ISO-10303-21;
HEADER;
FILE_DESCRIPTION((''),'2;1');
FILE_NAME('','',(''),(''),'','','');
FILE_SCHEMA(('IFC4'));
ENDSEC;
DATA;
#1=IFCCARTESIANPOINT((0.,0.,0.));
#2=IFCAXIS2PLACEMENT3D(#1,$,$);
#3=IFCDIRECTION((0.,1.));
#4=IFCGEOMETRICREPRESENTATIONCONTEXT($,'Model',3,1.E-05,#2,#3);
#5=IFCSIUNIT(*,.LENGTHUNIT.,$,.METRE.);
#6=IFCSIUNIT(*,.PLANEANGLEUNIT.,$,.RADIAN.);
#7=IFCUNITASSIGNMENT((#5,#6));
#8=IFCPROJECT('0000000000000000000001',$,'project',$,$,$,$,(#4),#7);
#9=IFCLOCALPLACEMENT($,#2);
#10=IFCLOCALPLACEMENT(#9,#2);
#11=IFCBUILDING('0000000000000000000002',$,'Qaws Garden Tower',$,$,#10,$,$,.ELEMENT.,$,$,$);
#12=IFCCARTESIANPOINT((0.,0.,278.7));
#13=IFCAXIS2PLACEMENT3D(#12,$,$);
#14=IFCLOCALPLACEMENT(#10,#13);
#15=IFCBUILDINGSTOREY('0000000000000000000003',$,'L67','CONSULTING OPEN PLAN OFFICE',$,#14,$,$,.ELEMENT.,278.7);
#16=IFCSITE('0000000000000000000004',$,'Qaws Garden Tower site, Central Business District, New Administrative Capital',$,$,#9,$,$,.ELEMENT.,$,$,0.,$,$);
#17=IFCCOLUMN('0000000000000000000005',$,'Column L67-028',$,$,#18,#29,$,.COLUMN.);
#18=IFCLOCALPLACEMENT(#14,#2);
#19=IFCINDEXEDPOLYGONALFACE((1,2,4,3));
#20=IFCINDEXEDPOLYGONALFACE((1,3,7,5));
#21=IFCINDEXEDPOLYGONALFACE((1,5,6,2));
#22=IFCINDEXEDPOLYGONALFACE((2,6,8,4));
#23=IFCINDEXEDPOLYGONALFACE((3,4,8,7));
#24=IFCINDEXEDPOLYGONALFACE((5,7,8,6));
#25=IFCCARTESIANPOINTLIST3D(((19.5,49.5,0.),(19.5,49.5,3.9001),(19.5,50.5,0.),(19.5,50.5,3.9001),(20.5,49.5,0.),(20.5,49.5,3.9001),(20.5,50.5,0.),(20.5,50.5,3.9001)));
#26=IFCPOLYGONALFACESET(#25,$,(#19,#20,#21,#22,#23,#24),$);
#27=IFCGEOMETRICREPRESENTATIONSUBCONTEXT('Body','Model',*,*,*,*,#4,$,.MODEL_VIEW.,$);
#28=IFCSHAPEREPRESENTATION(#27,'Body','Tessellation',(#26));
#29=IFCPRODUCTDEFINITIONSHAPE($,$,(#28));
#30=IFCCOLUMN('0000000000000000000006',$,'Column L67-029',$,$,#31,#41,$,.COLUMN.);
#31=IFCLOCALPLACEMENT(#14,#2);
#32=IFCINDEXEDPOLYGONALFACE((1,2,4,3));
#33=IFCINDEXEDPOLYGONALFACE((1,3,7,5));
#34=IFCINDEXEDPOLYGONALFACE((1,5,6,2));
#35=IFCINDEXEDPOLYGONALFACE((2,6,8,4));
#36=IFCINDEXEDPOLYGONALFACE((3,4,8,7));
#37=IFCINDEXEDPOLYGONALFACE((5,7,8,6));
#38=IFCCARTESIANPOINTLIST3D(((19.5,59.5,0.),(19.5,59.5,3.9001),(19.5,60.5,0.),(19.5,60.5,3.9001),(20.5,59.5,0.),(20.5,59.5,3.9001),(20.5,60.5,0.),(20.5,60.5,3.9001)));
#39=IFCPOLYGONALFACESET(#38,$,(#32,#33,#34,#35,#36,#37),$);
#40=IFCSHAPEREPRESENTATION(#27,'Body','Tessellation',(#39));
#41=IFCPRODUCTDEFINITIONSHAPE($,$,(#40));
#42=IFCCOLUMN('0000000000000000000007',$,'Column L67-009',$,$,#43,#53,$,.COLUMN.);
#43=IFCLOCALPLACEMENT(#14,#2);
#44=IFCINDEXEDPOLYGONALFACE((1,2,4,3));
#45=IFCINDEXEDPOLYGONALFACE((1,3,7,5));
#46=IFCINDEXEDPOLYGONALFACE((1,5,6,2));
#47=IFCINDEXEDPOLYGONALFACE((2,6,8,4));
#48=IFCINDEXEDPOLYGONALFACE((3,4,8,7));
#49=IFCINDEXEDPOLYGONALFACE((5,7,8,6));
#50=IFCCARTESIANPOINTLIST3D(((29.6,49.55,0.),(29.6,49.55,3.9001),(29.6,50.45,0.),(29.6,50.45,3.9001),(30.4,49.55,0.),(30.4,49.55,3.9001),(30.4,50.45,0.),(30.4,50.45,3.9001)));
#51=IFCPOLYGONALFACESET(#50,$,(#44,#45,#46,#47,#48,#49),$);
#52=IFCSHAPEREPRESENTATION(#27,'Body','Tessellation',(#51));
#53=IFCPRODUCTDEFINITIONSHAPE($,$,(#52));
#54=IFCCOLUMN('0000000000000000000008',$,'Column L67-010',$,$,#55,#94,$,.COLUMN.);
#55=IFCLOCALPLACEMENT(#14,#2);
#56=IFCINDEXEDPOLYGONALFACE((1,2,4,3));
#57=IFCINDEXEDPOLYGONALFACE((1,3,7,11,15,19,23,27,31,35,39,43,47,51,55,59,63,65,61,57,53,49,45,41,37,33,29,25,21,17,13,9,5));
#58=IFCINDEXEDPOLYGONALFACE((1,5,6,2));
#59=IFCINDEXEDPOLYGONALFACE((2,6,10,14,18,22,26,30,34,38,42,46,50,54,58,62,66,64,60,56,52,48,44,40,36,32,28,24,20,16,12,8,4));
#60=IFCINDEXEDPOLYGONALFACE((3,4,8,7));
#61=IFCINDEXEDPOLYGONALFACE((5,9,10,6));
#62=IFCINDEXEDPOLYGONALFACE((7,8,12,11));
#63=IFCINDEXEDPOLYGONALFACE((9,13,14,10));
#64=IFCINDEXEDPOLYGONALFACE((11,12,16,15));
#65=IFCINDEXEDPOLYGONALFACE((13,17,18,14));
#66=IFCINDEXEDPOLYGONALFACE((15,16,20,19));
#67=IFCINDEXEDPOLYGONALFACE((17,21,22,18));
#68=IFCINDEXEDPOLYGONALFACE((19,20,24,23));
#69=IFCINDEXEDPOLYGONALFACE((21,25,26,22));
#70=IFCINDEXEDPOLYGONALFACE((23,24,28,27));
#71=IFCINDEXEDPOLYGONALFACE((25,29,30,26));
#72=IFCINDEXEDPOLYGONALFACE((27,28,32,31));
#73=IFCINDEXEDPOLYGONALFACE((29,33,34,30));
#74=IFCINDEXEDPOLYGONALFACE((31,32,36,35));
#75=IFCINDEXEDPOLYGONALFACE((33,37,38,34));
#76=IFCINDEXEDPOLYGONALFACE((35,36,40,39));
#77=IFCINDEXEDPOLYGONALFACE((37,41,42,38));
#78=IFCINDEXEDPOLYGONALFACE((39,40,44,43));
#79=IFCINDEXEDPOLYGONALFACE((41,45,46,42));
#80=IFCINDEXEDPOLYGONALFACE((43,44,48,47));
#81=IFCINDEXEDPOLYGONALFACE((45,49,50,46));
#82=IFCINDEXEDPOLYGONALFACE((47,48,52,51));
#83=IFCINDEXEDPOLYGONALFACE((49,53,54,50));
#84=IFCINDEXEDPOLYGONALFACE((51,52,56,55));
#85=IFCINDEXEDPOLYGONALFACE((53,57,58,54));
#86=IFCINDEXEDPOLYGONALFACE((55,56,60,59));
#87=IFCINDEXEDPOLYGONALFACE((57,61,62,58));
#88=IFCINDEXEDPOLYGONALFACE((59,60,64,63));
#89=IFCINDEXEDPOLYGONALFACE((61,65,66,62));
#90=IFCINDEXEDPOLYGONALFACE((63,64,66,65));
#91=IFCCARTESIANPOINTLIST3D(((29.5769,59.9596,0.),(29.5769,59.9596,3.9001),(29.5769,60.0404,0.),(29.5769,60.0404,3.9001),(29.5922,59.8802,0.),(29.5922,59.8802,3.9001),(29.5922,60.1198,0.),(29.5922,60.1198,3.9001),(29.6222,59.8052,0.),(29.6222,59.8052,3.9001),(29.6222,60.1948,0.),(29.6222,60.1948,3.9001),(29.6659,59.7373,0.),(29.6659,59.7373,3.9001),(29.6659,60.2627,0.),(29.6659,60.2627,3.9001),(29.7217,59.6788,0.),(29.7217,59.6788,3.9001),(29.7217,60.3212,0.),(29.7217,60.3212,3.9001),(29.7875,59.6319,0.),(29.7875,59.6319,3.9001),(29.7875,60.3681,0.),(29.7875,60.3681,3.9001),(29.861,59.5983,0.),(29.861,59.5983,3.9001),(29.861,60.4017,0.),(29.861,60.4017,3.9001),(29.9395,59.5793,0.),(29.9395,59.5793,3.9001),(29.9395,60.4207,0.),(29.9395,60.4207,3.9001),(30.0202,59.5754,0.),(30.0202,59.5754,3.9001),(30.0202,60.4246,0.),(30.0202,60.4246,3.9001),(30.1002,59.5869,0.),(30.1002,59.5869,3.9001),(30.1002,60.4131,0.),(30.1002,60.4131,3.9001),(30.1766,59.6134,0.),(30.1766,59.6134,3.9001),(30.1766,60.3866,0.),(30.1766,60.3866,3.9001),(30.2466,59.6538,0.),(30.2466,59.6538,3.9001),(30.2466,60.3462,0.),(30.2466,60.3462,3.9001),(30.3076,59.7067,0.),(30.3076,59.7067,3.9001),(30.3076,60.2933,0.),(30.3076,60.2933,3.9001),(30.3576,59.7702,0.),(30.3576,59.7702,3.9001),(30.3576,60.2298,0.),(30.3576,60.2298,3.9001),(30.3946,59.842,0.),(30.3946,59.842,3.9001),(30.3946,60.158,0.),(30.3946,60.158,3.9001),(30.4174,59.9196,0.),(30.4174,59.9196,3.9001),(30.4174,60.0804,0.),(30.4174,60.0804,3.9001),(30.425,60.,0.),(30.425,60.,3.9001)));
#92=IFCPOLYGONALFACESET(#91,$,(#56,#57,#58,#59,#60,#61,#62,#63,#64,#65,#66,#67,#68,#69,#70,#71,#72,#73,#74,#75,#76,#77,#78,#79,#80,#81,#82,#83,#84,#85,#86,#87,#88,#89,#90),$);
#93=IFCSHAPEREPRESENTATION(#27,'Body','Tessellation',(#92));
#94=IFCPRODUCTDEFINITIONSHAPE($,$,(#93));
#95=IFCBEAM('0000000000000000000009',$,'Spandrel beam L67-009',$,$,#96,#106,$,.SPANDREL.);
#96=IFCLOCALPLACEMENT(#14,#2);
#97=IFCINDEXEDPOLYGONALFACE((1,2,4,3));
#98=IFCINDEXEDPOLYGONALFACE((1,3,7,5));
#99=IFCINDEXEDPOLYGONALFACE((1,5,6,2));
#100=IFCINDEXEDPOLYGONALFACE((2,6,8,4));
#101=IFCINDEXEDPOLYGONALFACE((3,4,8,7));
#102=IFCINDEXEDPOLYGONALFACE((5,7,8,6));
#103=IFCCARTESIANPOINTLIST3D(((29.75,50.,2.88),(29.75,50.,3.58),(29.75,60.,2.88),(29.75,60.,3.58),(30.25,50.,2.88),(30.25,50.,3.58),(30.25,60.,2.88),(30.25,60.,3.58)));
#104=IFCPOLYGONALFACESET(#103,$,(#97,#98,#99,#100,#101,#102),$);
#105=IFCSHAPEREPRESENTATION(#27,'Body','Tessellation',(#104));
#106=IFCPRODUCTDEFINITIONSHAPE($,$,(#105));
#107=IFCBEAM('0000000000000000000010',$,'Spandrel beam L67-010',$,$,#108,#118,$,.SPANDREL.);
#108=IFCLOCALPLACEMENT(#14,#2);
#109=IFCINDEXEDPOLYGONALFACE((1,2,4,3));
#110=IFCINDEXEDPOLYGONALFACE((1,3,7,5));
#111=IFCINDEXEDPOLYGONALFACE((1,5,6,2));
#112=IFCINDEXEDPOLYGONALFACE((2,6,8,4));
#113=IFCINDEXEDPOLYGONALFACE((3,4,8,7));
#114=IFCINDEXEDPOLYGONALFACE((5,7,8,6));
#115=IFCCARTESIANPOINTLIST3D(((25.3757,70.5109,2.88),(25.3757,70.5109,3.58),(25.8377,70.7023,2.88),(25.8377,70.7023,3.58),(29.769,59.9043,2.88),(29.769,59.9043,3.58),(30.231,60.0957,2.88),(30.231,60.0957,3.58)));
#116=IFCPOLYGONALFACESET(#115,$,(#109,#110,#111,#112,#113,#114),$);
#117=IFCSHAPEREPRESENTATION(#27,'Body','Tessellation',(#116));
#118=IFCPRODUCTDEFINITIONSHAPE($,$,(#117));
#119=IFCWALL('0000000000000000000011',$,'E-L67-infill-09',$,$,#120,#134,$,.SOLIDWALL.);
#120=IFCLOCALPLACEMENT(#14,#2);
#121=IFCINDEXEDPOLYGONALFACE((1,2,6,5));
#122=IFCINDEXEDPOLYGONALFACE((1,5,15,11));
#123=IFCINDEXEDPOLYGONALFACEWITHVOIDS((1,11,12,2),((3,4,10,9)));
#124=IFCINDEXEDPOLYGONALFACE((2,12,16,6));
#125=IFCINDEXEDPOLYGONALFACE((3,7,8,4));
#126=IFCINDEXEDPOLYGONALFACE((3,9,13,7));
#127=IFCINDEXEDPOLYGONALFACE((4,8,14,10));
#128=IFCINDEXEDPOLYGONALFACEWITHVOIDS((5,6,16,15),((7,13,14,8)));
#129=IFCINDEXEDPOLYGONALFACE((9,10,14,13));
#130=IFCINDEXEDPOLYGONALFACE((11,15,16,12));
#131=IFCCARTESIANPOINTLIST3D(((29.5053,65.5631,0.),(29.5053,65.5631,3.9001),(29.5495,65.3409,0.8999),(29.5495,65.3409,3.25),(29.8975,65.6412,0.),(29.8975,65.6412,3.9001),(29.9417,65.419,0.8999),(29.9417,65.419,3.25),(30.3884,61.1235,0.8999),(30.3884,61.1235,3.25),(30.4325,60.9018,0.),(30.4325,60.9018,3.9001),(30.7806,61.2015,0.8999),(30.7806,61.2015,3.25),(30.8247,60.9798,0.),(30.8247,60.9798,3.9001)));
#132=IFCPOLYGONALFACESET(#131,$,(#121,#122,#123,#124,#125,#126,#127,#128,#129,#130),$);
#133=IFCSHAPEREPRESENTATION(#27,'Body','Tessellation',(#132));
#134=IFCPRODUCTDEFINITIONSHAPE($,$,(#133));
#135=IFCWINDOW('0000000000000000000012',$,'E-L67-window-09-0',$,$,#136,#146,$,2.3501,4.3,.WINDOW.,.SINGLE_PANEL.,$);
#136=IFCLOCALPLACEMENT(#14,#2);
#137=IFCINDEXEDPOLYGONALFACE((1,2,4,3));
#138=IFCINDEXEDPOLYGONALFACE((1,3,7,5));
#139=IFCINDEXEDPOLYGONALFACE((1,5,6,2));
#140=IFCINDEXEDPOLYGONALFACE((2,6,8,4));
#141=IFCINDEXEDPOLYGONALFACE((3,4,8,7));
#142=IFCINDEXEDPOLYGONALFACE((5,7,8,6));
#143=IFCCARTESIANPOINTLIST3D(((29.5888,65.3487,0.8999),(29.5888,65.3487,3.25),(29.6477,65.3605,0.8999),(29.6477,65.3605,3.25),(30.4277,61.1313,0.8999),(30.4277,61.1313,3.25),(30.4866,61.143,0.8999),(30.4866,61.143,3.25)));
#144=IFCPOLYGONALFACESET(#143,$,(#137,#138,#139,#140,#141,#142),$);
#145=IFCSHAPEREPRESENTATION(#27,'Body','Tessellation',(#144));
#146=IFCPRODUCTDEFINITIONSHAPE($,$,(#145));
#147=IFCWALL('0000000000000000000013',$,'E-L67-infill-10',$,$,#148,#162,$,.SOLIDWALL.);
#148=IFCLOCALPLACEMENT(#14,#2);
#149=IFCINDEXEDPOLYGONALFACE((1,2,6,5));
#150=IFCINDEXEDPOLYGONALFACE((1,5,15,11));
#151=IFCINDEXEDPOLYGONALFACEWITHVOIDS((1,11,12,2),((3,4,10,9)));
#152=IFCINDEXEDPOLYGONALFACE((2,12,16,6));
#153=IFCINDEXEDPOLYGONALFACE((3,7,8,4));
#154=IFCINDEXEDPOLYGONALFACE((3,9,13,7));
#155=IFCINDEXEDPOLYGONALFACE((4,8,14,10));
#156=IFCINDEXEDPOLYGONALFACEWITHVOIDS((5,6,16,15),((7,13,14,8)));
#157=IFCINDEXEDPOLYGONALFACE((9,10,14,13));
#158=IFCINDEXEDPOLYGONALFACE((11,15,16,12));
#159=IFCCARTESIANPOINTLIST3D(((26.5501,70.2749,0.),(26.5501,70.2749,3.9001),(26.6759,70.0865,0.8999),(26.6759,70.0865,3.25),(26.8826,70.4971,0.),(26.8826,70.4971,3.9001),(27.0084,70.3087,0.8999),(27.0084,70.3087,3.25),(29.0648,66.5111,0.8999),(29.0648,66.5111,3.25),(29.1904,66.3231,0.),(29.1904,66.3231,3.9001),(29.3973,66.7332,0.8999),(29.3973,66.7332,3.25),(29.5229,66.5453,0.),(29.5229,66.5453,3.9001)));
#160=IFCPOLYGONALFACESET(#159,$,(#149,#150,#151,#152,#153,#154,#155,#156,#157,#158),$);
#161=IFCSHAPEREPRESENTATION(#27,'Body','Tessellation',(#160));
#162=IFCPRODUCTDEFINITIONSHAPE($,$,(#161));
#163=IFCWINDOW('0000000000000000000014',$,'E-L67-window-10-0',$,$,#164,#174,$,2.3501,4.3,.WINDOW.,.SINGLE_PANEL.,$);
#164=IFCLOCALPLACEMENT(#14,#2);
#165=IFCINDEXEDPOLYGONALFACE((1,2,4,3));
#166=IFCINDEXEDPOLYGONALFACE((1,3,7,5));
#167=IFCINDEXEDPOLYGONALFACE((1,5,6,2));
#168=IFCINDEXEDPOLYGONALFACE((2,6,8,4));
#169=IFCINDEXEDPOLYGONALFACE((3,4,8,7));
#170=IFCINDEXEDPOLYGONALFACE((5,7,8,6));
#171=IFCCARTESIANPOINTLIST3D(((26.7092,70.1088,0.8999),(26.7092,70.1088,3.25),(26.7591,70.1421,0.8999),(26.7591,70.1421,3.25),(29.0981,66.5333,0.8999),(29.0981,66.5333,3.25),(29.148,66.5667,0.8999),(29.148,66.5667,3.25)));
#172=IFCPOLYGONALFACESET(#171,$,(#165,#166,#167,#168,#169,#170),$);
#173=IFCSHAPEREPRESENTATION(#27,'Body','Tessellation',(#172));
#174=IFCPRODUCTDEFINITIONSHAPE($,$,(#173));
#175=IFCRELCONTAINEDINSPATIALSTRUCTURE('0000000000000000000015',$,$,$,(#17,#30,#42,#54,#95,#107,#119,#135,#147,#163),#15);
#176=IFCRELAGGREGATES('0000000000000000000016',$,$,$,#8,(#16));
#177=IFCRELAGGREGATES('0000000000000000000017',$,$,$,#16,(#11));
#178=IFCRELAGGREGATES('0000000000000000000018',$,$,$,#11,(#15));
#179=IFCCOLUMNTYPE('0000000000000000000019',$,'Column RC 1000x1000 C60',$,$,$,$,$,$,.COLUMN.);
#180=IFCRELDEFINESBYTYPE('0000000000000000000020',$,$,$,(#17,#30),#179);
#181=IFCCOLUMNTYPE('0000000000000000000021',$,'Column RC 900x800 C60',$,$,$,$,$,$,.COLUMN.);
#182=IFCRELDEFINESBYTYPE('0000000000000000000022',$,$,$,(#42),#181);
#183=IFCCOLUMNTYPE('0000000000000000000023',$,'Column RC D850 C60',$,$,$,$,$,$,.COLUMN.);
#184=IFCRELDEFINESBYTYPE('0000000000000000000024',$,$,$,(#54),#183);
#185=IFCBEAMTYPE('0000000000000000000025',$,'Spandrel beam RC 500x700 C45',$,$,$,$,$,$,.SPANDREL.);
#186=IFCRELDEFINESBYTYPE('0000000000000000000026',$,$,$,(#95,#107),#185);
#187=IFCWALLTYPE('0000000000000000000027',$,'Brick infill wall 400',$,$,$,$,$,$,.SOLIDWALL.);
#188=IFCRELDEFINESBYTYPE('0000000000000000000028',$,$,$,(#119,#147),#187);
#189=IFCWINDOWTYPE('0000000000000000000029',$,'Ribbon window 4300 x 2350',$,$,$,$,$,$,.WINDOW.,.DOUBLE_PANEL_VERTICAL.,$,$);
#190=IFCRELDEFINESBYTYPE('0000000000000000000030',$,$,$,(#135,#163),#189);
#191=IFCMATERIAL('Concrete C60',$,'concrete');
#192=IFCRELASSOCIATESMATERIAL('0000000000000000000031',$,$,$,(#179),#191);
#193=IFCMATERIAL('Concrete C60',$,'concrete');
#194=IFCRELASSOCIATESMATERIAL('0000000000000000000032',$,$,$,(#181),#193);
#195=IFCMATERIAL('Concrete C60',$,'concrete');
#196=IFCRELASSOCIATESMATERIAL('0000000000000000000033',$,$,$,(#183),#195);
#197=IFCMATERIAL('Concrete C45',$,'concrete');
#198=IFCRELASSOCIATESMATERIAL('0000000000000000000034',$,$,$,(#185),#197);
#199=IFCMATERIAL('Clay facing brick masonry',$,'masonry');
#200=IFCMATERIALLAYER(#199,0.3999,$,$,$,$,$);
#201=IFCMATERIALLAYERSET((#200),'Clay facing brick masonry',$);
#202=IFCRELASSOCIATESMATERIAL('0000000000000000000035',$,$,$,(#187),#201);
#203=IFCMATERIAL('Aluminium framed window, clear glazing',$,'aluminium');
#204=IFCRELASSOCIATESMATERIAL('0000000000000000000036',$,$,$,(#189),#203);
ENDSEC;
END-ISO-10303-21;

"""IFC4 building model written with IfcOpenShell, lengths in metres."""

from ifc_helpers import new_model, si_unit, direction, frame, frame_2d, origin, origin_2d, place, context, subcontext, project, spatial, rectangle, circle, extrude, material, layer, layer_set, material_profile, profile_set, type_object, element, fill, save


model = new_model("IFC4")

# Units and contexts
model_context = context("Model", 3, precision=1e-05, world=origin(), true_north=direction((0.0, 1.0)))
body_context = subcontext(model_context, "Body", "Model", "MODEL_VIEW")
ifc_project = project(units=[si_unit("LENGTHUNIT", "METRE"), si_unit("PLANEANGLEUNIT", "RADIAN")], contexts=[model_context])

# Site, building, storey
site_placement = place(None, origin())
site = spatial("IfcSite", under=ifc_project, at=site_placement, Name="Qaws Garden Tower site, Central Business District, New Administrative Capital", CompositionType="ELEMENT", RefElevation=0.0)
building_placement = place(site_placement, origin())
building = spatial("IfcBuilding", under=site, at=building_placement, Name="Qaws Garden Tower", CompositionType="ELEMENT")
storey_placement = place(building_placement, frame((0.0, 0.0, 278.7)))
storey = spatial("IfcBuildingStorey", under=building, at=storey_placement, Name="L67", Description="CONSULTING OPEN PLAN OFFICE", CompositionType="ELEMENT", Elevation=278.7)

# Columns
ifc_material_1 = material(Name="Concrete C60", Category="concrete")
ifc_material_profile_1 = material_profile(ifc_material_1, rectangle(XDim=1.0, YDim=1.0, at=origin_2d()), Name="RC 1000x1000")
ifc_profile_set_1 = profile_set([ifc_material_profile_1], Name="Concrete C60")
column_type_1 = type_object("IfcColumnType", Name="Column RC 1000x1000 C60", PredefinedType="COLUMN", material=ifc_profile_set_1)
for number, where, z_axis, x_axis, name in (
    (1, (20.0, 50.0, 0.0), (0.0, 0.0, 1.0), (1.0, 0.0, 0.0), "Column L67-028"),
    (2, (20.0, 60.0, 0.0), (0.0, 0.0, 1.0), (1.0, 0.0, 0.0), "Column L67-029"),
):
    element("IfcColumn", number, at=place(storey_placement, frame(where, z_axis=z_axis, x_axis=x_axis)), inside=storey, type_object=column_type_1, Name=name, PredefinedType="COLUMN", context=body_context, shape_type="SweptSolid", body=[
        extrude(rectangle(XDim=1.0, YDim=1.0, at=origin_2d()), origin(), (0.0, 0.0, 1.0), 3.9001),
    ])
ifc_material_2 = material(Name="Concrete C60", Category="concrete")
ifc_material_profile_2 = material_profile(ifc_material_2, rectangle(XDim=0.8999, YDim=0.8, at=origin_2d()), Name="RC 900x800")
ifc_profile_set_2 = profile_set([ifc_material_profile_2], Name="Concrete C60")
column_type_2 = type_object("IfcColumnType", Name="Column RC 900x800 C60", PredefinedType="COLUMN", material=ifc_profile_set_2)
column_1_placement = place(storey_placement, frame((30.0, 50.0, 0.0), z_axis=(0.0, 0.0, 1.0), x_axis=(0.0, 1.0, 0.0)))
element("IfcColumn", 3, at=column_1_placement, inside=storey, type_object=column_type_2, Name="Column L67-009", PredefinedType="COLUMN", context=body_context, shape_type="SweptSolid", body=[
    extrude(rectangle(XDim=0.8999, YDim=0.8, at=origin_2d()), origin(), (0.0, 0.0, 1.0), 3.9001),
])
ifc_material_3 = material(Name="Concrete C60", Category="concrete")
ifc_material_profile_3 = material_profile(ifc_material_3, circle(Radius=0.425, at=origin_2d()), Name="RC D850")
ifc_profile_set_3 = profile_set([ifc_material_profile_3], Name="Concrete C60")
column_type_3 = type_object("IfcColumnType", Name="Column RC D850 C60", PredefinedType="COLUMN", material=ifc_profile_set_3)
column_2_placement = place(storey_placement, frame((30.0, 60.0, 0.0), z_axis=(0.0, 0.0, 1.0), x_axis=(1.0, 0.0, 0.0)))
element("IfcColumn", 4, at=column_2_placement, inside=storey, type_object=column_type_3, Name="Column L67-010", PredefinedType="COLUMN", context=body_context, shape_type="SweptSolid", body=[
    extrude(circle(Radius=0.425, at=origin_2d()), origin(), (0.0, 0.0, 1.0), 3.9001),
])

# Beams
ifc_material_4 = material(Name="Concrete C45", Category="concrete")
ifc_material_profile_4 = material_profile(ifc_material_4, rectangle(XDim=0.5, YDim=0.7, at=origin_2d()), Name="RC 500x700")
ifc_profile_set_4 = profile_set([ifc_material_profile_4], Name="Concrete C45")
beam_type = type_object("IfcBeamType", Name="Spandrel beam RC 500x700 C45", PredefinedType="SPANDREL", material=ifc_profile_set_4)
beam_1_placement = place(storey_placement, frame((30.0, 50.0, 3.23), z_axis=(0.0, 1.0, 0.0), x_axis=(-1.0, 0.0, 0.0)))
element("IfcBeam", 5, at=beam_1_placement, inside=storey, type_object=beam_type, Name="Spandrel beam L67-009", PredefinedType="SPANDREL", context=body_context, shape_type="SweptSolid", body=[
    extrude(rectangle(XDim=0.5, YDim=0.7, at=origin_2d()), origin(), (0.0, 0.0, 1.0), 10.0),
])
beam_2_placement = place(storey_placement, frame((30.0, 60.0, 3.23), z_axis=(-0.382674, 0.923883, 0.0), x_axis=(-0.923883, -0.382674, 0.0)))
element("IfcBeam", 6, at=beam_2_placement, inside=storey, type_object=beam_type, Name="Spandrel beam L67-010", PredefinedType="SPANDREL", context=body_context, shape_type="SweptSolid", body=[
    extrude(rectangle(XDim=0.5, YDim=0.7, at=origin_2d()), origin(), (0.0, 0.0, 1.0), 11.4805),
])

# Walls, openings, windows
ifc_material_5 = material(Name="Clay facing brick masonry", Category="masonry")
ifc_layer_1 = layer(ifc_material_5, 0.3999)
ifc_layer_set_1 = layer_set([ifc_layer_1], Name="Clay facing brick masonry")
wall_type_1 = type_object("IfcWallType", Name="Brick infill wall 400", PredefinedType="SOLIDWALL", material=ifc_layer_set_1)
wall_1_placement = place(storey_placement, frame((30.6287, 60.9407, 0.0), z_axis=(0.0, 0.0, 1.0), x_axis=(-0.195099, 0.980784, 0.0)))
wall_1 = element("IfcWall", 7, at=wall_1_placement, inside=storey, type_object=wall_type_1, Name="E-L67-infill-09", PredefinedType="SOLIDWALL", context=body_context, shape_type="SweptSolid", body=[
    extrude(rectangle(XDim=4.7527, YDim=0.3999, at=frame_2d((2.3765, 0.0))), origin(), (0.0, 0.0, 1.0), 3.9001),
])
opening_1_placement = place(wall_1_placement, frame((0.2263, 0.0, 0.8999)))
opening_1 = element("IfcOpeningElement", 8, at=opening_1_placement, cuts=wall_1, PredefinedType="OPENING", context=body_context, shape_type="SweptSolid", body=[
    extrude(rectangle(XDim=4.3, YDim=2.3501, at=frame_2d((2.1499, 1.175))), frame((0.0, 0.21, 0.0), z_axis=(0.0, -1.0, 0.0), x_axis=(1.0, 0.0, 0.0)), (0.0, 0.0, 1.0), 0.4199),
])
ifc_material_6 = material(Name="Aluminium framed window, clear glazing", Category="aluminium")
window_type = type_object("IfcWindowType", Name="Ribbon window 4300 x 2350", PartitioningType="DOUBLE_PANEL_VERTICAL", PredefinedType="WINDOW", material=ifc_material_6)
window_1_placement = place(opening_1_placement, origin())
window_1 = element("IfcWindow", 9, at=window_1_placement, inside=storey, type_object=window_type, Name="E-L67-window-09-0", OverallHeight=2.3501, OverallWidth=4.3, PartitioningType="SINGLE_PANEL", PredefinedType="WINDOW", context=body_context, shape_type="SweptSolid", body=[
    extrude(rectangle(XDim=4.3, YDim=2.3501, at=frame_2d((2.1499, 1.175))), frame((0.0, 0.1599, 0.0), z_axis=(0.0, -1.0, 0.0), x_axis=(1.0, 0.0, 0.0)), (0.0, 0.0, 1.0), 0.0601),
])
fill(opening_1, window_1)
wall_2_placement = place(storey_placement, frame((29.3567, 66.4341, 0.0), z_axis=(0.0, 0.0, 1.0), x_axis=(-0.555542, 0.831489, 0.0)))
wall_2 = element("IfcWall", 10, at=wall_2_placement, inside=storey, type_object=wall_type_1, Name="E-L67-infill-10", PredefinedType="SOLIDWALL", context=body_context, shape_type="SweptSolid", body=[
    extrude(rectangle(XDim=4.7527, YDim=0.3999, at=frame_2d((2.3765, 0.0))), origin(), (0.0, 0.0, 1.0), 3.9001),
])
opening_2_placement = place(wall_2_placement, frame((0.2263, 0.0, 0.8999)))
opening_2 = element("IfcOpeningElement", 11, at=opening_2_placement, cuts=wall_2, PredefinedType="OPENING", context=body_context, shape_type="SweptSolid", body=[
    extrude(rectangle(XDim=4.3, YDim=2.3501, at=frame_2d((2.1499, 1.175))), frame((0.0, 0.21, 0.0), z_axis=(0.0, -1.0, 0.0), x_axis=(1.0, 0.0, 0.0)), (0.0, 0.0, 1.0), 0.4199),
])
window_2_placement = place(opening_2_placement, origin())
window_2 = element("IfcWindow", 12, at=window_2_placement, inside=storey, type_object=window_type, Name="E-L67-window-10-0", OverallHeight=2.3501, OverallWidth=4.3, PartitioningType="SINGLE_PANEL", PredefinedType="WINDOW", context=body_context, shape_type="SweptSolid", body=[
    extrude(rectangle(XDim=4.3, YDim=2.3501, at=frame_2d((2.1499, 1.175))), frame((0.0, 0.1599, 0.0), z_axis=(0.0, -1.0, 0.0), x_axis=(1.0, 0.0, 0.0)), (0.0, 0.0, 1.0), 0.0601),
])
fill(opening_2, window_2)

save(model, "model.ifc")
